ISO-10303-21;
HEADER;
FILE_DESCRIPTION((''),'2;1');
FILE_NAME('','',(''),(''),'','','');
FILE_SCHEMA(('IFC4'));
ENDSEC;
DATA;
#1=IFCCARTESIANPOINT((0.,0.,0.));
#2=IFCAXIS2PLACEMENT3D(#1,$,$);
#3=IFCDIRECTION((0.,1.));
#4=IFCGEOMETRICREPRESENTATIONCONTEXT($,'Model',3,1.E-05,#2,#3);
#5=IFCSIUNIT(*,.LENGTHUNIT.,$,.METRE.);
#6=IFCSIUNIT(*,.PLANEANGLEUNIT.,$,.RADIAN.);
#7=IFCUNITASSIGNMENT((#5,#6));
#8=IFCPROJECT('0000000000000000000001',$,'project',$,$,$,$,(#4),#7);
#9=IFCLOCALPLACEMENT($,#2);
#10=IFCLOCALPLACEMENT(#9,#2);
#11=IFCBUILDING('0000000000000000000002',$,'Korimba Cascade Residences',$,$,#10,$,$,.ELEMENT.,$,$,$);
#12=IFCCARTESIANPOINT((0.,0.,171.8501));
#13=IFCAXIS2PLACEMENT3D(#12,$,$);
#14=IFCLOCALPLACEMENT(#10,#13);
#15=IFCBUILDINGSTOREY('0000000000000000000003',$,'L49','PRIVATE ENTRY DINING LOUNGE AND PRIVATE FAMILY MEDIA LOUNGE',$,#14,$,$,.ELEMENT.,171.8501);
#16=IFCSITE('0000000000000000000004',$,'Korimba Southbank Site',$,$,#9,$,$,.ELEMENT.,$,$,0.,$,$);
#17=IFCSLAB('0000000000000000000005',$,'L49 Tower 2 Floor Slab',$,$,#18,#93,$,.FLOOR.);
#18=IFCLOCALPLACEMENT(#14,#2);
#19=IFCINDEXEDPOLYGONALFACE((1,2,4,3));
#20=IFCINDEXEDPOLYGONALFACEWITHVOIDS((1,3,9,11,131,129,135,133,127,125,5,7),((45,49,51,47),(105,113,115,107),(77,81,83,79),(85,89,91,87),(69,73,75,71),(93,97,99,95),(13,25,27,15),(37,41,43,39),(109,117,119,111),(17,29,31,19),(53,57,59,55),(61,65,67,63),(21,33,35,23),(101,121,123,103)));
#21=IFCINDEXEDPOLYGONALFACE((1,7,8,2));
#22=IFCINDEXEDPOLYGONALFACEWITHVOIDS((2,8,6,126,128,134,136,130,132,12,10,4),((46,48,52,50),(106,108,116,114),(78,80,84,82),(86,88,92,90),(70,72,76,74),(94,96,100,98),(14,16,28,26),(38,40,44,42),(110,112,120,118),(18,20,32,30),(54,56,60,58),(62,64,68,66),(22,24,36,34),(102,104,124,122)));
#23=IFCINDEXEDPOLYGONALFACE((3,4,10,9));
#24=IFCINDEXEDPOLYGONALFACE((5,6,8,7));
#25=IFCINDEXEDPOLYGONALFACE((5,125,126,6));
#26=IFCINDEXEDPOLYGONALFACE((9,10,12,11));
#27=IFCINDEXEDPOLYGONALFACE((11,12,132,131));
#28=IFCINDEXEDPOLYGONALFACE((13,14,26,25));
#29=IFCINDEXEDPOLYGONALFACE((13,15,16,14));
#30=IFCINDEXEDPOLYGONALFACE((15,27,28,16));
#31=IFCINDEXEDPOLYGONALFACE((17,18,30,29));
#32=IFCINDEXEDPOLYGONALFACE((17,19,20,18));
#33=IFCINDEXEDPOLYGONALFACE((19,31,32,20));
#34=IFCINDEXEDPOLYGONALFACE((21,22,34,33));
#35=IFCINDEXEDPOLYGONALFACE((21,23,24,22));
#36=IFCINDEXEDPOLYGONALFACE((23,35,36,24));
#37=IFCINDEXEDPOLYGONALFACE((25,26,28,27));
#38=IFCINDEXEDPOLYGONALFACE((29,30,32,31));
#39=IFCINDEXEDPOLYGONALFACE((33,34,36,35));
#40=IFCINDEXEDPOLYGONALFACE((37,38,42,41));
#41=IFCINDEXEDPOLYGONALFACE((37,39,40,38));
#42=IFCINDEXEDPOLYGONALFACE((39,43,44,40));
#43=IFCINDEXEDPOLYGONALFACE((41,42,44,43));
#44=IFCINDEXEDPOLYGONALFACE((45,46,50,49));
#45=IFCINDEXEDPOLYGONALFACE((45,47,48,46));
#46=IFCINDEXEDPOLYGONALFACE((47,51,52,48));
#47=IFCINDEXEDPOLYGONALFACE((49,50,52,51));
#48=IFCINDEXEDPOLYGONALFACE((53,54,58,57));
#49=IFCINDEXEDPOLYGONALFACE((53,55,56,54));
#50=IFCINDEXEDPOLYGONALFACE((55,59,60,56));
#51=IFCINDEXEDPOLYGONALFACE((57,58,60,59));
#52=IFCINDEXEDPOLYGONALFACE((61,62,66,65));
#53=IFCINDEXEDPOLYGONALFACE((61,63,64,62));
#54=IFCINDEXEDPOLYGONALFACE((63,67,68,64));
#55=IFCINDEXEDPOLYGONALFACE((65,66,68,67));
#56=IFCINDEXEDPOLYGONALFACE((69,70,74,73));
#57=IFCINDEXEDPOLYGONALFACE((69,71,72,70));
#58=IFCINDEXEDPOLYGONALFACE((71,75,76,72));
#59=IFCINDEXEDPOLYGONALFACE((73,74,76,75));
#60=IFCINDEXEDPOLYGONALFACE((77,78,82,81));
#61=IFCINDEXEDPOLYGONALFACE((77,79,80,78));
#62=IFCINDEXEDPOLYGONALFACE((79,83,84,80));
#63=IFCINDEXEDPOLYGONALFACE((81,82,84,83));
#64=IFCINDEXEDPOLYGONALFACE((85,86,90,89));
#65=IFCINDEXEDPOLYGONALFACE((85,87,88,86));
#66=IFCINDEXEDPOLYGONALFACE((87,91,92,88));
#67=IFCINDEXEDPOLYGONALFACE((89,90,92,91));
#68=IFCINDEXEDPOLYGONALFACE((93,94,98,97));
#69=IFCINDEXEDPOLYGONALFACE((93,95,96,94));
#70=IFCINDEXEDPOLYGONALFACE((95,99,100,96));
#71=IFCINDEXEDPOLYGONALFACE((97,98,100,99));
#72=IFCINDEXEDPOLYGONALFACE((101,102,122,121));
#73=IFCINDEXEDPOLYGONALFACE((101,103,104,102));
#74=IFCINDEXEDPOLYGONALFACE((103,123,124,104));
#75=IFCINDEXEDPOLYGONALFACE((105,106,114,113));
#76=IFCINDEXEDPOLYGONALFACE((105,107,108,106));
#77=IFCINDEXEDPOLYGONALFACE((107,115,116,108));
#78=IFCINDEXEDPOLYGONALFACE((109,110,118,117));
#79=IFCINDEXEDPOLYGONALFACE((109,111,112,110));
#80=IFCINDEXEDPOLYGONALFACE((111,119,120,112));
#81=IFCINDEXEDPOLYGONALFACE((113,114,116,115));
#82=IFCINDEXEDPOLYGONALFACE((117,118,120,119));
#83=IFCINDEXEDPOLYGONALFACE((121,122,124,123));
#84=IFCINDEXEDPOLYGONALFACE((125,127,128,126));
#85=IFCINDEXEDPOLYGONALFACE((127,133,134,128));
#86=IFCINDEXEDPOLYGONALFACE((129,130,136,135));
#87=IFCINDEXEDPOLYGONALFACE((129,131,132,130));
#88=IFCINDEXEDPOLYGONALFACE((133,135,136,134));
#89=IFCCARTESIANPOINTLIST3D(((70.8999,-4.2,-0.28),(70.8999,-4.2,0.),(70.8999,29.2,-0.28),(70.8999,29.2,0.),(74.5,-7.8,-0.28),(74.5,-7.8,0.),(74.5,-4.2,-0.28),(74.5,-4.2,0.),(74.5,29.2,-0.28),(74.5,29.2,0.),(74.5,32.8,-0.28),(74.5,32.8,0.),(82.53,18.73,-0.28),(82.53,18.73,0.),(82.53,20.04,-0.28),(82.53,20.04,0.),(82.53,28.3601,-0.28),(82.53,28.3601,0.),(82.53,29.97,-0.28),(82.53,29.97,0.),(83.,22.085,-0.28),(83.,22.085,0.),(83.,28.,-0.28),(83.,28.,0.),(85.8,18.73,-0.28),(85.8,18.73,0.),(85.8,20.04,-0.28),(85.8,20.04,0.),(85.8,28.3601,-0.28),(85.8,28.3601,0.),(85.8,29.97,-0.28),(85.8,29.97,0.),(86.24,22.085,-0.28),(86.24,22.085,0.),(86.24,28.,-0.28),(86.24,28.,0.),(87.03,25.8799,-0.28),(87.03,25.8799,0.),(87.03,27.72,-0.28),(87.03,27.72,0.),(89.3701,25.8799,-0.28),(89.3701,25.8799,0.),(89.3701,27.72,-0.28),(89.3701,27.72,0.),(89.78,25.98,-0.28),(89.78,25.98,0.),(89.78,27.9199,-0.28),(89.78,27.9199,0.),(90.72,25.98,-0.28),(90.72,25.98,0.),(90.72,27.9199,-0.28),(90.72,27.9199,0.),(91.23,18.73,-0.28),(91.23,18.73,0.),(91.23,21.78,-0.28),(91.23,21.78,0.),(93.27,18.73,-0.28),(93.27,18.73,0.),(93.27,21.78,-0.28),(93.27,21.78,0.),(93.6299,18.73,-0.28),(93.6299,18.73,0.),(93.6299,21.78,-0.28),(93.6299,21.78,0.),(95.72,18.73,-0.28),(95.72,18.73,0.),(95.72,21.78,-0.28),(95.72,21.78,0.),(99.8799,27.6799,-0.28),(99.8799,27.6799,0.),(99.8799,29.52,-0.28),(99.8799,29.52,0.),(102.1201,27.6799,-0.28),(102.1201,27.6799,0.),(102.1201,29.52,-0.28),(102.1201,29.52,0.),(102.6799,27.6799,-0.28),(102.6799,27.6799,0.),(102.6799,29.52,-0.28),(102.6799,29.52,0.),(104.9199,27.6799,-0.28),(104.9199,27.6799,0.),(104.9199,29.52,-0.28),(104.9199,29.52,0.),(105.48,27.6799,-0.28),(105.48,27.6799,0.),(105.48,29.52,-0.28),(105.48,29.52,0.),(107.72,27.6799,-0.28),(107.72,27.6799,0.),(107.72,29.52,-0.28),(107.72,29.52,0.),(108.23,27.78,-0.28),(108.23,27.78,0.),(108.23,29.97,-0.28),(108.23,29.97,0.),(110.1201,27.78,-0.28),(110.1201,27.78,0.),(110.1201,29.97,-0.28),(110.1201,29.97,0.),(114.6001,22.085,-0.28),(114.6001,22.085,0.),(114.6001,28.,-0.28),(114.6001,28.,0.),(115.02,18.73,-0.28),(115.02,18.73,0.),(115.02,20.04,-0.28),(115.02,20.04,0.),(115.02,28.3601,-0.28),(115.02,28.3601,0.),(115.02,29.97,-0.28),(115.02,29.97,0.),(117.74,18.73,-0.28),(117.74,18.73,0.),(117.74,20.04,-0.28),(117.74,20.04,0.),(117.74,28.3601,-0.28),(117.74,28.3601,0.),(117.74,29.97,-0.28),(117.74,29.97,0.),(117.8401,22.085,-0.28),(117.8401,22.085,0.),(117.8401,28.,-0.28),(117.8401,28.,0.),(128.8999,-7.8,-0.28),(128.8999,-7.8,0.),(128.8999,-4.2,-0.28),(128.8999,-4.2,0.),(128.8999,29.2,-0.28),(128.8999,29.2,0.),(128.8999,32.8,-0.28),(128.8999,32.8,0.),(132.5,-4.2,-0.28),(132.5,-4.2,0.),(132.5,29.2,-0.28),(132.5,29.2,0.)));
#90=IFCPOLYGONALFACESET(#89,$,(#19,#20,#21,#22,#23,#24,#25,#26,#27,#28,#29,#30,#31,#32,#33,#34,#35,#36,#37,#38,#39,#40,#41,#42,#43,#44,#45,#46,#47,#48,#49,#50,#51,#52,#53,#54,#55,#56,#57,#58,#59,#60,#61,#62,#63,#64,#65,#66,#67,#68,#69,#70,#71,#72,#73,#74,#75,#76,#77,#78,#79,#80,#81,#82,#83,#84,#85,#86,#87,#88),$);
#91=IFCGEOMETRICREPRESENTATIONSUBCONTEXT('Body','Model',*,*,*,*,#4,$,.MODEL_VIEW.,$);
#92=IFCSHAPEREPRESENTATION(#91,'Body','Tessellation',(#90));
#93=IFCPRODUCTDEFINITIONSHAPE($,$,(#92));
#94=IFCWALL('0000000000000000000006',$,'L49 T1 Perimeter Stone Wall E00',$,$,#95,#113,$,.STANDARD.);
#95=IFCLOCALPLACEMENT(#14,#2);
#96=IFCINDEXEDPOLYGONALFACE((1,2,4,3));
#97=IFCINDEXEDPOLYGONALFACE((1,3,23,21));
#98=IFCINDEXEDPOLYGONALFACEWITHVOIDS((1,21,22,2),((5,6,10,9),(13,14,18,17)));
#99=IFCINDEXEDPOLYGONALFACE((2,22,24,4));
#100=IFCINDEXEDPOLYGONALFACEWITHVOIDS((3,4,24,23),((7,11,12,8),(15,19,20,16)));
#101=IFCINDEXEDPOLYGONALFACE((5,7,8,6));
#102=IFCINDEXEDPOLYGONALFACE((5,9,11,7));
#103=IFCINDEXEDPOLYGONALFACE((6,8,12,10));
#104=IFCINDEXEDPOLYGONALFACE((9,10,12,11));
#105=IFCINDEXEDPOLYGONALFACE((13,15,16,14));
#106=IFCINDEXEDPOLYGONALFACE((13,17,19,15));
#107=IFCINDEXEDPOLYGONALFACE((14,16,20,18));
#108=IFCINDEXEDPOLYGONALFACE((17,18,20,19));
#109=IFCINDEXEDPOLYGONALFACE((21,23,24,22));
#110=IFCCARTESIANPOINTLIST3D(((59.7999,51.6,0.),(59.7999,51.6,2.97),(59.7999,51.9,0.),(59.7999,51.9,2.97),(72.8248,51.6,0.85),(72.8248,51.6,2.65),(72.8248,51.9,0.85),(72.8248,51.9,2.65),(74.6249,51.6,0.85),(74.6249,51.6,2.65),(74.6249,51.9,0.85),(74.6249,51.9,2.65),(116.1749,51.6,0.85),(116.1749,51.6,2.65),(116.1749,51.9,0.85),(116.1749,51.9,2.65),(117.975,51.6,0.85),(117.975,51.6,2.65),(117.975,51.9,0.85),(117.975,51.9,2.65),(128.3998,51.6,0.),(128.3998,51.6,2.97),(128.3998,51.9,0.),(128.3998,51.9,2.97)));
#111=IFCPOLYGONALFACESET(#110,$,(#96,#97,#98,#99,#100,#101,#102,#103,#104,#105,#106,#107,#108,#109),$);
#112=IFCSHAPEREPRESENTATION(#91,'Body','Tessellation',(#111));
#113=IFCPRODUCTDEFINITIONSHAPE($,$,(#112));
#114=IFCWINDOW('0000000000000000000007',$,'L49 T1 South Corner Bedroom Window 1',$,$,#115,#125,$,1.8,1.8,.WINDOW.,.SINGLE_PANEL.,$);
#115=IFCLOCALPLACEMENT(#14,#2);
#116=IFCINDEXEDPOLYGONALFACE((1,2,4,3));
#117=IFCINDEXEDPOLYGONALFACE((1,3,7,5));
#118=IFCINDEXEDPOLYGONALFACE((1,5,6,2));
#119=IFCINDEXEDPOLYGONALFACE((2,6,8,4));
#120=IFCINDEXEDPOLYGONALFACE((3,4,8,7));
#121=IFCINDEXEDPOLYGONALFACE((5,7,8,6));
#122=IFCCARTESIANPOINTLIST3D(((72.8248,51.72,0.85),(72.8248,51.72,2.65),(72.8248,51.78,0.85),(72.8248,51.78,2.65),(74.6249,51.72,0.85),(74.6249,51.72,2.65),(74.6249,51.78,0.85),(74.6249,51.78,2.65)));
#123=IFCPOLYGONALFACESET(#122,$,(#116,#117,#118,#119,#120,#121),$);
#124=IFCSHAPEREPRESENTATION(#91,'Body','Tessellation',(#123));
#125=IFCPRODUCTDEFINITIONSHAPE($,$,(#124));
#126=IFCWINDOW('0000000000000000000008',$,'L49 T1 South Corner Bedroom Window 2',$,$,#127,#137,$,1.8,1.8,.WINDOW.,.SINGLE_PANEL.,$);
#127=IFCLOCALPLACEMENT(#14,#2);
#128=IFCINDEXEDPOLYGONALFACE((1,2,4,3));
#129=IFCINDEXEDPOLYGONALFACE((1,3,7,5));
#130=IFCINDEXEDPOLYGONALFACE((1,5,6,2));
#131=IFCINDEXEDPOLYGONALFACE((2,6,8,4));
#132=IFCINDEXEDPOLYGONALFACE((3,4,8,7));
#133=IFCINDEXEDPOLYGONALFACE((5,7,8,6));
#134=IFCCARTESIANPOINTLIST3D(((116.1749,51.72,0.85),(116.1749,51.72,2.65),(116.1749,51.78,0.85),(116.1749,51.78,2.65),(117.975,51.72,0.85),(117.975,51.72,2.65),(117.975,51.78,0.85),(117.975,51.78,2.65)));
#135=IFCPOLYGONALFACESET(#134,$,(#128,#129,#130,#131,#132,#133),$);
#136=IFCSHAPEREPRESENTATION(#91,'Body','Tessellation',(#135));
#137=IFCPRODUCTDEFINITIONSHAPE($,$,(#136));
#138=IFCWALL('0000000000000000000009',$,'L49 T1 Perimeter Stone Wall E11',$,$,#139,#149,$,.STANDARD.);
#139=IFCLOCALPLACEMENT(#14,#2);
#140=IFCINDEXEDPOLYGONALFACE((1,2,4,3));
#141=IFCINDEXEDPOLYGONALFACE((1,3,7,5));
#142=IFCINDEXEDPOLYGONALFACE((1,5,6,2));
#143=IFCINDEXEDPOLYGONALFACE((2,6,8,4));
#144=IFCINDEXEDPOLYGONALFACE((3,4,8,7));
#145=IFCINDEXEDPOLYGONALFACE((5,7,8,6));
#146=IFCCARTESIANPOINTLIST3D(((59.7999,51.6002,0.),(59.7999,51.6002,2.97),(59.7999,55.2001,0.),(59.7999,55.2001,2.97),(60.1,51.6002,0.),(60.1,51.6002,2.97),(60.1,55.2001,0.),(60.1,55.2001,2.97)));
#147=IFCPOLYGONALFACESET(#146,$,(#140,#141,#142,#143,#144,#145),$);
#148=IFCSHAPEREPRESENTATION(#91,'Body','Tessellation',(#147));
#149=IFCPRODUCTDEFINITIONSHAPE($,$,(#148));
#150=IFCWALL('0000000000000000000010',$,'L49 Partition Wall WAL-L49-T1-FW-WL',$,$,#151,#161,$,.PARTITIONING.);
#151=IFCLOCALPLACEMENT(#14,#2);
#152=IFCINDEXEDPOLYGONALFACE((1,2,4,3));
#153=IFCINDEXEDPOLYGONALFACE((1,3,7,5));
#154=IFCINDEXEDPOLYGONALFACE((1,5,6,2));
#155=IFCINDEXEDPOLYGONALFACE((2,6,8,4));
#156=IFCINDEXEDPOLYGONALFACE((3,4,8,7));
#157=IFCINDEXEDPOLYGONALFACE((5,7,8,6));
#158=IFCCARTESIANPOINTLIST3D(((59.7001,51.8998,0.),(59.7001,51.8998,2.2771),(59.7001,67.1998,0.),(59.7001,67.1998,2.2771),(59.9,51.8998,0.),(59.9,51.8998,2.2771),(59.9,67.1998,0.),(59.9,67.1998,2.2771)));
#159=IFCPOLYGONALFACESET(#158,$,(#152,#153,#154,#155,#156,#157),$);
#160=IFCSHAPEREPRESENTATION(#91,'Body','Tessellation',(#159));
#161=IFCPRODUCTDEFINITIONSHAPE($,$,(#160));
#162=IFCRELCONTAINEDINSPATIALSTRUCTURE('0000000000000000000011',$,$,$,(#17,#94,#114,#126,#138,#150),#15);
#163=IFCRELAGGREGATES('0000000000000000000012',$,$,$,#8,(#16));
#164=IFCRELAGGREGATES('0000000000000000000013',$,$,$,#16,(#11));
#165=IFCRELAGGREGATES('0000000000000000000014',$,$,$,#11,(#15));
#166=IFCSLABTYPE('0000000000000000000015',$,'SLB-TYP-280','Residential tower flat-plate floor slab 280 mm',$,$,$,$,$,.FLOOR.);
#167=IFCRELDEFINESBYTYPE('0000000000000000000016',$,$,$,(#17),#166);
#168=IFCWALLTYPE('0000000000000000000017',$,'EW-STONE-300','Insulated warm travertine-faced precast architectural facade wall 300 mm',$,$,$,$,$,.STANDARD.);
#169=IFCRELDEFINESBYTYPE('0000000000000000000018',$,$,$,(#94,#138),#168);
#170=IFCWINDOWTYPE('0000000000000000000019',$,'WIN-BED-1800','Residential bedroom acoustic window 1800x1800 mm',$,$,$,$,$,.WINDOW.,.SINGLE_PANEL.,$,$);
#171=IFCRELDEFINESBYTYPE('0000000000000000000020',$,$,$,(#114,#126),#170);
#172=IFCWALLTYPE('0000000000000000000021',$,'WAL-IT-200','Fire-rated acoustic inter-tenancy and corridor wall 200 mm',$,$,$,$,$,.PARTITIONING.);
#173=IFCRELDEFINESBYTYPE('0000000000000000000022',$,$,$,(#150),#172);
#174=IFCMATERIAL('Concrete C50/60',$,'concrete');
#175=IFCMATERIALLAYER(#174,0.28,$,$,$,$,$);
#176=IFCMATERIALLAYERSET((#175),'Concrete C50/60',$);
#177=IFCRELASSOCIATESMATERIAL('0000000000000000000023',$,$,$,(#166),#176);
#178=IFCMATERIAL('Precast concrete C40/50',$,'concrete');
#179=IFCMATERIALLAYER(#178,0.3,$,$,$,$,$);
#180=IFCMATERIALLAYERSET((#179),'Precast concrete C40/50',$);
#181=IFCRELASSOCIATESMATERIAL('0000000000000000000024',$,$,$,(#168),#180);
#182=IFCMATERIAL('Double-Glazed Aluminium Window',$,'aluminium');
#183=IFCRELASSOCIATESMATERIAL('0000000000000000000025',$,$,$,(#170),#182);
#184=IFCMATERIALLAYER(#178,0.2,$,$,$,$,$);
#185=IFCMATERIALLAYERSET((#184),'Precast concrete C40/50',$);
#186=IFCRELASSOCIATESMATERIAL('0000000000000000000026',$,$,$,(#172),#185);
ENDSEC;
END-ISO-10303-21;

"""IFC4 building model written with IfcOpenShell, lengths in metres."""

from ifc_helpers import new_model, si_unit, direction, frame, frame_2d, origin, place, context, subcontext, project, spatial, polyline, rectangle, outline, extrude, material, layer, layer_set, type_object, element, fill, save


model = new_model("IFC4")

# Units and contexts
model_context = context("Model", 3, precision=1e-05, world=origin(), true_north=direction((0.0, 1.0)))
body_context = subcontext(model_context, "Body", "Model", "MODEL_VIEW")
ifc_project = project(units=[si_unit("LENGTHUNIT", "METRE"), si_unit("PLANEANGLEUNIT", "RADIAN")], contexts=[model_context])

# Site, building, storey
site_placement = place(None, origin())
site = spatial("IfcSite", under=ifc_project, at=site_placement, Name="Korimba Southbank Site", CompositionType="ELEMENT", RefElevation=0.0)
building_placement = place(site_placement, origin())
building = spatial("IfcBuilding", under=site, at=building_placement, Name="Korimba Cascade Residences", CompositionType="ELEMENT")
storey_placement = place(building_placement, frame((0.0, 0.0, 171.8501)))
storey = spatial("IfcBuildingStorey", under=building, at=storey_placement, Name="L49", Description="PRIVATE ENTRY DINING LOUNGE AND PRIVATE FAMILY MEDIA LOUNGE", CompositionType="ELEMENT", Elevation=171.8501)

# Shared definitions
ifc_material_1 = material(Name="Concrete C50/60", Category="concrete")

# Slab
ifc_material_2 = material(Name="Precast concrete C40/50", Category="concrete")
ifc_layer_1 = layer(ifc_material_1, 0.28)
ifc_layer_set_1 = layer_set([ifc_layer_1], Name="Concrete C50/60")
slab_type_1 = type_object("IfcSlabType", Name="SLB-TYP-280", Description="Residential tower flat-plate floor slab 280 mm", PredefinedType="FLOOR", material=ifc_layer_set_1)
slab_1_placement = place(storey_placement, frame((0.0, 0.0, -0.28)))
element("IfcSlab", 1, at=slab_1_placement, inside=storey, type_object=slab_type_1, Name="L49 Tower 2 Floor Slab", PredefinedType="FLOOR", context=body_context, shape_type="SweptSolid", body=[
    extrude(outline(polyline([(74.5, -7.8), (128.8999, -7.8), (128.8999, -4.2), (132.5, -4.2), (132.5, 29.2), (128.8999, 29.2), (128.8999, 32.8), (74.5, 32.8), (74.5, 29.2), (70.8999, 29.2), (70.8999, -4.2), (74.5, -4.2), (74.5, -7.8)]), holes=[polyline([(86.24, 22.085), (86.24, 28.0), (83.0, 28.0), (83.0, 22.085), (86.24, 22.085)]), polyline([(117.8401, 22.085), (117.8401, 28.0), (114.6001, 28.0), (114.6001, 22.085), (117.8401, 22.085)]), polyline([(87.03, 25.8799), (89.3701, 25.8799), (89.3701, 27.72), (87.03, 27.72), (87.03, 25.8799)]), polyline([(99.8799, 27.6799), (102.1201, 27.6799), (102.1201, 29.52), (99.8799, 29.52), (99.8799, 27.6799)]), polyline([(102.6799, 27.6799), (104.9199, 27.6799), (104.9199, 29.52), (102.6799, 29.52), (102.6799, 27.6799)]), polyline([(105.48, 27.6799), (107.72, 27.6799), (107.72, 29.52), (105.48, 29.52), (105.48, 27.6799)]), polyline([(89.78, 25.98), (90.72, 25.98), (90.72, 27.9199), (89.78, 27.9199), (89.78, 25.98)]), polyline([(82.53, 18.73), (85.8, 18.73), (85.8, 20.04), (82.53, 20.04), (82.53, 18.73)]), polyline([(82.53, 28.3601), (85.8, 28.3601), (85.8, 29.97), (82.53, 29.97), (82.53, 28.3601)]), polyline([(108.23, 27.78), (110.1201, 27.78), (110.1201, 29.97), (108.23, 29.97), (108.23, 27.78)]), polyline([(91.23, 18.73), (93.27, 18.73), (93.27, 21.78), (91.23, 21.78), (91.23, 18.73)]), polyline([(93.6299, 18.73), (95.72, 18.73), (95.72, 21.78), (93.6299, 21.78), (93.6299, 18.73)]), polyline([(115.02, 18.73), (117.74, 18.73), (117.74, 20.04), (115.02, 20.04), (115.02, 18.73)]), polyline([(115.02, 28.3601), (117.74, 28.3601), (117.74, 29.97), (115.02, 29.97), (115.02, 28.3601)])]), origin(), (0.0, 0.0, 1.0), 0.28),
])

# Wall, openings, windows
ifc_layer_2 = layer(ifc_material_2, 0.3)
ifc_layer_set_2 = layer_set([ifc_layer_2], Name="Precast concrete C40/50")
wall_type_1 = type_object("IfcWallType", Name="EW-STONE-300", Description="Insulated warm travertine-faced precast architectural facade wall 300 mm", PredefinedType="STANDARD", material=ifc_layer_set_2)
wall_1_placement = place(storey_placement, frame((59.8, 51.75, 0.0), z_axis=(0.0, 0.0, 1.0), x_axis=(1.0, 0.0, 0.0)))
wall_1 = element("IfcWall", 2, at=wall_1_placement, inside=storey, type_object=wall_type_1, Name="L49 T1 Perimeter Stone Wall E00", PredefinedType="STANDARD", context=body_context, shape_type="SweptSolid", body=[
    extrude(rectangle(XDim=68.5999, YDim=0.3, at=frame_2d((34.2998, 0.0))), origin(), (0.0, 0.0, 1.0), 2.97),
])
opening_1_placement = place(wall_1_placement, frame((13.0249, 0.0, 0.8501)))
opening_1 = element("IfcOpeningElement", 3, at=opening_1_placement, cuts=wall_1, PredefinedType="OPENING", context=body_context, shape_type="SweptSolid", body=[
    extrude(rectangle(XDim=1.8, YDim=1.8, at=frame_2d((0.8999, 0.8999))), frame((0.0, 0.1602, 0.0), z_axis=(0.0, -1.0, 0.0), x_axis=(1.0, 0.0, 0.0)), (0.0, 0.0, 1.0), 0.3201),
])
opening_2_placement = place(wall_1_placement, frame((56.375, 0.0, 0.8501)))
opening_2 = element("IfcOpeningElement", 4, at=opening_2_placement, cuts=wall_1, PredefinedType="OPENING", context=body_context, shape_type="SweptSolid", body=[
    extrude(rectangle(XDim=1.8, YDim=1.8, at=frame_2d((0.8999, 0.8999))), frame((0.0, 0.1602, 0.0), z_axis=(0.0, -1.0, 0.0), x_axis=(1.0, 0.0, 0.0)), (0.0, 0.0, 1.0), 0.3201),
])
ifc_material_3 = material(Name="Double-Glazed Aluminium Window", Category="aluminium")
window_type = type_object("IfcWindowType", Name="WIN-BED-1800", Description="Residential bedroom acoustic window 1800x1800 mm", PartitioningType="SINGLE_PANEL", PredefinedType="WINDOW", material=ifc_material_3)
window_1_placement = place(opening_1_placement, origin())
window_1 = element("IfcWindow", 5, at=window_1_placement, inside=storey, type_object=window_type, Name="L49 T1 South Corner Bedroom Window 1", OverallHeight=1.8, OverallWidth=1.8, PartitioningType="SINGLE_PANEL", PredefinedType="WINDOW", context=body_context, shape_type="SweptSolid", body=[
    extrude(rectangle(XDim=1.8, YDim=1.8, at=frame_2d((0.8999, 0.8999))), frame((0.0, 0.03, 0.0), z_axis=(0.0, -1.0, 0.0), x_axis=(1.0, 0.0, 0.0)), (0.0, 0.0, 1.0), 0.0601),
])
fill(opening_1, window_1)
window_2_placement = place(opening_2_placement, origin())
window_2 = element("IfcWindow", 6, at=window_2_placement, inside=storey, type_object=window_type, Name="L49 T1 South Corner Bedroom Window 2", OverallHeight=1.8, OverallWidth=1.8, PartitioningType="SINGLE_PANEL", PredefinedType="WINDOW", context=body_context, shape_type="SweptSolid", body=[
    extrude(rectangle(XDim=1.8, YDim=1.8, at=frame_2d((0.8999, 0.8999))), frame((0.0, 0.03, 0.0), z_axis=(0.0, -1.0, 0.0), x_axis=(1.0, 0.0, 0.0)), (0.0, 0.0, 1.0), 0.0601),
])
fill(opening_2, window_2)

# Walls
wall_2_placement = place(storey_placement, frame((59.95, 55.2, 0.0), z_axis=(0.0, 0.0, 1.0), x_axis=(0.0, -1.0, 0.0)))
element("IfcWall", 7, at=wall_2_placement, inside=storey, type_object=wall_type_1, Name="L49 T1 Perimeter Stone Wall E11", PredefinedType="STANDARD", context=body_context, shape_type="SweptSolid", body=[
    extrude(rectangle(XDim=3.5999, YDim=0.3, at=frame_2d((1.7998, 0.0))), origin(), (0.0, 0.0, 1.0), 2.97),
])
ifc_layer_3 = layer(ifc_material_2, 0.2)
ifc_layer_set_3 = layer_set([ifc_layer_3], Name="Precast concrete C40/50")
wall_type_2 = type_object("IfcWallType", Name="WAL-IT-200", Description="Fire-rated acoustic inter-tenancy and corridor wall 200 mm", PredefinedType="PARTITIONING", material=ifc_layer_set_3)
wall_3_placement = place(storey_placement, frame((59.8, 51.8999, 0.0), z_axis=(0.0, 0.0, 1.0), x_axis=(0.0, 1.0, 0.0)))
element("IfcWall", 8, at=wall_3_placement, inside=storey, type_object=wall_type_2, Name="L49 Partition Wall WAL-L49-T1-FW-WL", PredefinedType="PARTITIONING", context=body_context, shape_type="SweptSolid", body=[
    extrude(rectangle(XDim=15.3, YDim=0.2, at=frame_2d((7.6499, 0.0))), origin(), (0.0, 0.0, 1.0), 2.2771),
])

save(model, "model.ifc")
